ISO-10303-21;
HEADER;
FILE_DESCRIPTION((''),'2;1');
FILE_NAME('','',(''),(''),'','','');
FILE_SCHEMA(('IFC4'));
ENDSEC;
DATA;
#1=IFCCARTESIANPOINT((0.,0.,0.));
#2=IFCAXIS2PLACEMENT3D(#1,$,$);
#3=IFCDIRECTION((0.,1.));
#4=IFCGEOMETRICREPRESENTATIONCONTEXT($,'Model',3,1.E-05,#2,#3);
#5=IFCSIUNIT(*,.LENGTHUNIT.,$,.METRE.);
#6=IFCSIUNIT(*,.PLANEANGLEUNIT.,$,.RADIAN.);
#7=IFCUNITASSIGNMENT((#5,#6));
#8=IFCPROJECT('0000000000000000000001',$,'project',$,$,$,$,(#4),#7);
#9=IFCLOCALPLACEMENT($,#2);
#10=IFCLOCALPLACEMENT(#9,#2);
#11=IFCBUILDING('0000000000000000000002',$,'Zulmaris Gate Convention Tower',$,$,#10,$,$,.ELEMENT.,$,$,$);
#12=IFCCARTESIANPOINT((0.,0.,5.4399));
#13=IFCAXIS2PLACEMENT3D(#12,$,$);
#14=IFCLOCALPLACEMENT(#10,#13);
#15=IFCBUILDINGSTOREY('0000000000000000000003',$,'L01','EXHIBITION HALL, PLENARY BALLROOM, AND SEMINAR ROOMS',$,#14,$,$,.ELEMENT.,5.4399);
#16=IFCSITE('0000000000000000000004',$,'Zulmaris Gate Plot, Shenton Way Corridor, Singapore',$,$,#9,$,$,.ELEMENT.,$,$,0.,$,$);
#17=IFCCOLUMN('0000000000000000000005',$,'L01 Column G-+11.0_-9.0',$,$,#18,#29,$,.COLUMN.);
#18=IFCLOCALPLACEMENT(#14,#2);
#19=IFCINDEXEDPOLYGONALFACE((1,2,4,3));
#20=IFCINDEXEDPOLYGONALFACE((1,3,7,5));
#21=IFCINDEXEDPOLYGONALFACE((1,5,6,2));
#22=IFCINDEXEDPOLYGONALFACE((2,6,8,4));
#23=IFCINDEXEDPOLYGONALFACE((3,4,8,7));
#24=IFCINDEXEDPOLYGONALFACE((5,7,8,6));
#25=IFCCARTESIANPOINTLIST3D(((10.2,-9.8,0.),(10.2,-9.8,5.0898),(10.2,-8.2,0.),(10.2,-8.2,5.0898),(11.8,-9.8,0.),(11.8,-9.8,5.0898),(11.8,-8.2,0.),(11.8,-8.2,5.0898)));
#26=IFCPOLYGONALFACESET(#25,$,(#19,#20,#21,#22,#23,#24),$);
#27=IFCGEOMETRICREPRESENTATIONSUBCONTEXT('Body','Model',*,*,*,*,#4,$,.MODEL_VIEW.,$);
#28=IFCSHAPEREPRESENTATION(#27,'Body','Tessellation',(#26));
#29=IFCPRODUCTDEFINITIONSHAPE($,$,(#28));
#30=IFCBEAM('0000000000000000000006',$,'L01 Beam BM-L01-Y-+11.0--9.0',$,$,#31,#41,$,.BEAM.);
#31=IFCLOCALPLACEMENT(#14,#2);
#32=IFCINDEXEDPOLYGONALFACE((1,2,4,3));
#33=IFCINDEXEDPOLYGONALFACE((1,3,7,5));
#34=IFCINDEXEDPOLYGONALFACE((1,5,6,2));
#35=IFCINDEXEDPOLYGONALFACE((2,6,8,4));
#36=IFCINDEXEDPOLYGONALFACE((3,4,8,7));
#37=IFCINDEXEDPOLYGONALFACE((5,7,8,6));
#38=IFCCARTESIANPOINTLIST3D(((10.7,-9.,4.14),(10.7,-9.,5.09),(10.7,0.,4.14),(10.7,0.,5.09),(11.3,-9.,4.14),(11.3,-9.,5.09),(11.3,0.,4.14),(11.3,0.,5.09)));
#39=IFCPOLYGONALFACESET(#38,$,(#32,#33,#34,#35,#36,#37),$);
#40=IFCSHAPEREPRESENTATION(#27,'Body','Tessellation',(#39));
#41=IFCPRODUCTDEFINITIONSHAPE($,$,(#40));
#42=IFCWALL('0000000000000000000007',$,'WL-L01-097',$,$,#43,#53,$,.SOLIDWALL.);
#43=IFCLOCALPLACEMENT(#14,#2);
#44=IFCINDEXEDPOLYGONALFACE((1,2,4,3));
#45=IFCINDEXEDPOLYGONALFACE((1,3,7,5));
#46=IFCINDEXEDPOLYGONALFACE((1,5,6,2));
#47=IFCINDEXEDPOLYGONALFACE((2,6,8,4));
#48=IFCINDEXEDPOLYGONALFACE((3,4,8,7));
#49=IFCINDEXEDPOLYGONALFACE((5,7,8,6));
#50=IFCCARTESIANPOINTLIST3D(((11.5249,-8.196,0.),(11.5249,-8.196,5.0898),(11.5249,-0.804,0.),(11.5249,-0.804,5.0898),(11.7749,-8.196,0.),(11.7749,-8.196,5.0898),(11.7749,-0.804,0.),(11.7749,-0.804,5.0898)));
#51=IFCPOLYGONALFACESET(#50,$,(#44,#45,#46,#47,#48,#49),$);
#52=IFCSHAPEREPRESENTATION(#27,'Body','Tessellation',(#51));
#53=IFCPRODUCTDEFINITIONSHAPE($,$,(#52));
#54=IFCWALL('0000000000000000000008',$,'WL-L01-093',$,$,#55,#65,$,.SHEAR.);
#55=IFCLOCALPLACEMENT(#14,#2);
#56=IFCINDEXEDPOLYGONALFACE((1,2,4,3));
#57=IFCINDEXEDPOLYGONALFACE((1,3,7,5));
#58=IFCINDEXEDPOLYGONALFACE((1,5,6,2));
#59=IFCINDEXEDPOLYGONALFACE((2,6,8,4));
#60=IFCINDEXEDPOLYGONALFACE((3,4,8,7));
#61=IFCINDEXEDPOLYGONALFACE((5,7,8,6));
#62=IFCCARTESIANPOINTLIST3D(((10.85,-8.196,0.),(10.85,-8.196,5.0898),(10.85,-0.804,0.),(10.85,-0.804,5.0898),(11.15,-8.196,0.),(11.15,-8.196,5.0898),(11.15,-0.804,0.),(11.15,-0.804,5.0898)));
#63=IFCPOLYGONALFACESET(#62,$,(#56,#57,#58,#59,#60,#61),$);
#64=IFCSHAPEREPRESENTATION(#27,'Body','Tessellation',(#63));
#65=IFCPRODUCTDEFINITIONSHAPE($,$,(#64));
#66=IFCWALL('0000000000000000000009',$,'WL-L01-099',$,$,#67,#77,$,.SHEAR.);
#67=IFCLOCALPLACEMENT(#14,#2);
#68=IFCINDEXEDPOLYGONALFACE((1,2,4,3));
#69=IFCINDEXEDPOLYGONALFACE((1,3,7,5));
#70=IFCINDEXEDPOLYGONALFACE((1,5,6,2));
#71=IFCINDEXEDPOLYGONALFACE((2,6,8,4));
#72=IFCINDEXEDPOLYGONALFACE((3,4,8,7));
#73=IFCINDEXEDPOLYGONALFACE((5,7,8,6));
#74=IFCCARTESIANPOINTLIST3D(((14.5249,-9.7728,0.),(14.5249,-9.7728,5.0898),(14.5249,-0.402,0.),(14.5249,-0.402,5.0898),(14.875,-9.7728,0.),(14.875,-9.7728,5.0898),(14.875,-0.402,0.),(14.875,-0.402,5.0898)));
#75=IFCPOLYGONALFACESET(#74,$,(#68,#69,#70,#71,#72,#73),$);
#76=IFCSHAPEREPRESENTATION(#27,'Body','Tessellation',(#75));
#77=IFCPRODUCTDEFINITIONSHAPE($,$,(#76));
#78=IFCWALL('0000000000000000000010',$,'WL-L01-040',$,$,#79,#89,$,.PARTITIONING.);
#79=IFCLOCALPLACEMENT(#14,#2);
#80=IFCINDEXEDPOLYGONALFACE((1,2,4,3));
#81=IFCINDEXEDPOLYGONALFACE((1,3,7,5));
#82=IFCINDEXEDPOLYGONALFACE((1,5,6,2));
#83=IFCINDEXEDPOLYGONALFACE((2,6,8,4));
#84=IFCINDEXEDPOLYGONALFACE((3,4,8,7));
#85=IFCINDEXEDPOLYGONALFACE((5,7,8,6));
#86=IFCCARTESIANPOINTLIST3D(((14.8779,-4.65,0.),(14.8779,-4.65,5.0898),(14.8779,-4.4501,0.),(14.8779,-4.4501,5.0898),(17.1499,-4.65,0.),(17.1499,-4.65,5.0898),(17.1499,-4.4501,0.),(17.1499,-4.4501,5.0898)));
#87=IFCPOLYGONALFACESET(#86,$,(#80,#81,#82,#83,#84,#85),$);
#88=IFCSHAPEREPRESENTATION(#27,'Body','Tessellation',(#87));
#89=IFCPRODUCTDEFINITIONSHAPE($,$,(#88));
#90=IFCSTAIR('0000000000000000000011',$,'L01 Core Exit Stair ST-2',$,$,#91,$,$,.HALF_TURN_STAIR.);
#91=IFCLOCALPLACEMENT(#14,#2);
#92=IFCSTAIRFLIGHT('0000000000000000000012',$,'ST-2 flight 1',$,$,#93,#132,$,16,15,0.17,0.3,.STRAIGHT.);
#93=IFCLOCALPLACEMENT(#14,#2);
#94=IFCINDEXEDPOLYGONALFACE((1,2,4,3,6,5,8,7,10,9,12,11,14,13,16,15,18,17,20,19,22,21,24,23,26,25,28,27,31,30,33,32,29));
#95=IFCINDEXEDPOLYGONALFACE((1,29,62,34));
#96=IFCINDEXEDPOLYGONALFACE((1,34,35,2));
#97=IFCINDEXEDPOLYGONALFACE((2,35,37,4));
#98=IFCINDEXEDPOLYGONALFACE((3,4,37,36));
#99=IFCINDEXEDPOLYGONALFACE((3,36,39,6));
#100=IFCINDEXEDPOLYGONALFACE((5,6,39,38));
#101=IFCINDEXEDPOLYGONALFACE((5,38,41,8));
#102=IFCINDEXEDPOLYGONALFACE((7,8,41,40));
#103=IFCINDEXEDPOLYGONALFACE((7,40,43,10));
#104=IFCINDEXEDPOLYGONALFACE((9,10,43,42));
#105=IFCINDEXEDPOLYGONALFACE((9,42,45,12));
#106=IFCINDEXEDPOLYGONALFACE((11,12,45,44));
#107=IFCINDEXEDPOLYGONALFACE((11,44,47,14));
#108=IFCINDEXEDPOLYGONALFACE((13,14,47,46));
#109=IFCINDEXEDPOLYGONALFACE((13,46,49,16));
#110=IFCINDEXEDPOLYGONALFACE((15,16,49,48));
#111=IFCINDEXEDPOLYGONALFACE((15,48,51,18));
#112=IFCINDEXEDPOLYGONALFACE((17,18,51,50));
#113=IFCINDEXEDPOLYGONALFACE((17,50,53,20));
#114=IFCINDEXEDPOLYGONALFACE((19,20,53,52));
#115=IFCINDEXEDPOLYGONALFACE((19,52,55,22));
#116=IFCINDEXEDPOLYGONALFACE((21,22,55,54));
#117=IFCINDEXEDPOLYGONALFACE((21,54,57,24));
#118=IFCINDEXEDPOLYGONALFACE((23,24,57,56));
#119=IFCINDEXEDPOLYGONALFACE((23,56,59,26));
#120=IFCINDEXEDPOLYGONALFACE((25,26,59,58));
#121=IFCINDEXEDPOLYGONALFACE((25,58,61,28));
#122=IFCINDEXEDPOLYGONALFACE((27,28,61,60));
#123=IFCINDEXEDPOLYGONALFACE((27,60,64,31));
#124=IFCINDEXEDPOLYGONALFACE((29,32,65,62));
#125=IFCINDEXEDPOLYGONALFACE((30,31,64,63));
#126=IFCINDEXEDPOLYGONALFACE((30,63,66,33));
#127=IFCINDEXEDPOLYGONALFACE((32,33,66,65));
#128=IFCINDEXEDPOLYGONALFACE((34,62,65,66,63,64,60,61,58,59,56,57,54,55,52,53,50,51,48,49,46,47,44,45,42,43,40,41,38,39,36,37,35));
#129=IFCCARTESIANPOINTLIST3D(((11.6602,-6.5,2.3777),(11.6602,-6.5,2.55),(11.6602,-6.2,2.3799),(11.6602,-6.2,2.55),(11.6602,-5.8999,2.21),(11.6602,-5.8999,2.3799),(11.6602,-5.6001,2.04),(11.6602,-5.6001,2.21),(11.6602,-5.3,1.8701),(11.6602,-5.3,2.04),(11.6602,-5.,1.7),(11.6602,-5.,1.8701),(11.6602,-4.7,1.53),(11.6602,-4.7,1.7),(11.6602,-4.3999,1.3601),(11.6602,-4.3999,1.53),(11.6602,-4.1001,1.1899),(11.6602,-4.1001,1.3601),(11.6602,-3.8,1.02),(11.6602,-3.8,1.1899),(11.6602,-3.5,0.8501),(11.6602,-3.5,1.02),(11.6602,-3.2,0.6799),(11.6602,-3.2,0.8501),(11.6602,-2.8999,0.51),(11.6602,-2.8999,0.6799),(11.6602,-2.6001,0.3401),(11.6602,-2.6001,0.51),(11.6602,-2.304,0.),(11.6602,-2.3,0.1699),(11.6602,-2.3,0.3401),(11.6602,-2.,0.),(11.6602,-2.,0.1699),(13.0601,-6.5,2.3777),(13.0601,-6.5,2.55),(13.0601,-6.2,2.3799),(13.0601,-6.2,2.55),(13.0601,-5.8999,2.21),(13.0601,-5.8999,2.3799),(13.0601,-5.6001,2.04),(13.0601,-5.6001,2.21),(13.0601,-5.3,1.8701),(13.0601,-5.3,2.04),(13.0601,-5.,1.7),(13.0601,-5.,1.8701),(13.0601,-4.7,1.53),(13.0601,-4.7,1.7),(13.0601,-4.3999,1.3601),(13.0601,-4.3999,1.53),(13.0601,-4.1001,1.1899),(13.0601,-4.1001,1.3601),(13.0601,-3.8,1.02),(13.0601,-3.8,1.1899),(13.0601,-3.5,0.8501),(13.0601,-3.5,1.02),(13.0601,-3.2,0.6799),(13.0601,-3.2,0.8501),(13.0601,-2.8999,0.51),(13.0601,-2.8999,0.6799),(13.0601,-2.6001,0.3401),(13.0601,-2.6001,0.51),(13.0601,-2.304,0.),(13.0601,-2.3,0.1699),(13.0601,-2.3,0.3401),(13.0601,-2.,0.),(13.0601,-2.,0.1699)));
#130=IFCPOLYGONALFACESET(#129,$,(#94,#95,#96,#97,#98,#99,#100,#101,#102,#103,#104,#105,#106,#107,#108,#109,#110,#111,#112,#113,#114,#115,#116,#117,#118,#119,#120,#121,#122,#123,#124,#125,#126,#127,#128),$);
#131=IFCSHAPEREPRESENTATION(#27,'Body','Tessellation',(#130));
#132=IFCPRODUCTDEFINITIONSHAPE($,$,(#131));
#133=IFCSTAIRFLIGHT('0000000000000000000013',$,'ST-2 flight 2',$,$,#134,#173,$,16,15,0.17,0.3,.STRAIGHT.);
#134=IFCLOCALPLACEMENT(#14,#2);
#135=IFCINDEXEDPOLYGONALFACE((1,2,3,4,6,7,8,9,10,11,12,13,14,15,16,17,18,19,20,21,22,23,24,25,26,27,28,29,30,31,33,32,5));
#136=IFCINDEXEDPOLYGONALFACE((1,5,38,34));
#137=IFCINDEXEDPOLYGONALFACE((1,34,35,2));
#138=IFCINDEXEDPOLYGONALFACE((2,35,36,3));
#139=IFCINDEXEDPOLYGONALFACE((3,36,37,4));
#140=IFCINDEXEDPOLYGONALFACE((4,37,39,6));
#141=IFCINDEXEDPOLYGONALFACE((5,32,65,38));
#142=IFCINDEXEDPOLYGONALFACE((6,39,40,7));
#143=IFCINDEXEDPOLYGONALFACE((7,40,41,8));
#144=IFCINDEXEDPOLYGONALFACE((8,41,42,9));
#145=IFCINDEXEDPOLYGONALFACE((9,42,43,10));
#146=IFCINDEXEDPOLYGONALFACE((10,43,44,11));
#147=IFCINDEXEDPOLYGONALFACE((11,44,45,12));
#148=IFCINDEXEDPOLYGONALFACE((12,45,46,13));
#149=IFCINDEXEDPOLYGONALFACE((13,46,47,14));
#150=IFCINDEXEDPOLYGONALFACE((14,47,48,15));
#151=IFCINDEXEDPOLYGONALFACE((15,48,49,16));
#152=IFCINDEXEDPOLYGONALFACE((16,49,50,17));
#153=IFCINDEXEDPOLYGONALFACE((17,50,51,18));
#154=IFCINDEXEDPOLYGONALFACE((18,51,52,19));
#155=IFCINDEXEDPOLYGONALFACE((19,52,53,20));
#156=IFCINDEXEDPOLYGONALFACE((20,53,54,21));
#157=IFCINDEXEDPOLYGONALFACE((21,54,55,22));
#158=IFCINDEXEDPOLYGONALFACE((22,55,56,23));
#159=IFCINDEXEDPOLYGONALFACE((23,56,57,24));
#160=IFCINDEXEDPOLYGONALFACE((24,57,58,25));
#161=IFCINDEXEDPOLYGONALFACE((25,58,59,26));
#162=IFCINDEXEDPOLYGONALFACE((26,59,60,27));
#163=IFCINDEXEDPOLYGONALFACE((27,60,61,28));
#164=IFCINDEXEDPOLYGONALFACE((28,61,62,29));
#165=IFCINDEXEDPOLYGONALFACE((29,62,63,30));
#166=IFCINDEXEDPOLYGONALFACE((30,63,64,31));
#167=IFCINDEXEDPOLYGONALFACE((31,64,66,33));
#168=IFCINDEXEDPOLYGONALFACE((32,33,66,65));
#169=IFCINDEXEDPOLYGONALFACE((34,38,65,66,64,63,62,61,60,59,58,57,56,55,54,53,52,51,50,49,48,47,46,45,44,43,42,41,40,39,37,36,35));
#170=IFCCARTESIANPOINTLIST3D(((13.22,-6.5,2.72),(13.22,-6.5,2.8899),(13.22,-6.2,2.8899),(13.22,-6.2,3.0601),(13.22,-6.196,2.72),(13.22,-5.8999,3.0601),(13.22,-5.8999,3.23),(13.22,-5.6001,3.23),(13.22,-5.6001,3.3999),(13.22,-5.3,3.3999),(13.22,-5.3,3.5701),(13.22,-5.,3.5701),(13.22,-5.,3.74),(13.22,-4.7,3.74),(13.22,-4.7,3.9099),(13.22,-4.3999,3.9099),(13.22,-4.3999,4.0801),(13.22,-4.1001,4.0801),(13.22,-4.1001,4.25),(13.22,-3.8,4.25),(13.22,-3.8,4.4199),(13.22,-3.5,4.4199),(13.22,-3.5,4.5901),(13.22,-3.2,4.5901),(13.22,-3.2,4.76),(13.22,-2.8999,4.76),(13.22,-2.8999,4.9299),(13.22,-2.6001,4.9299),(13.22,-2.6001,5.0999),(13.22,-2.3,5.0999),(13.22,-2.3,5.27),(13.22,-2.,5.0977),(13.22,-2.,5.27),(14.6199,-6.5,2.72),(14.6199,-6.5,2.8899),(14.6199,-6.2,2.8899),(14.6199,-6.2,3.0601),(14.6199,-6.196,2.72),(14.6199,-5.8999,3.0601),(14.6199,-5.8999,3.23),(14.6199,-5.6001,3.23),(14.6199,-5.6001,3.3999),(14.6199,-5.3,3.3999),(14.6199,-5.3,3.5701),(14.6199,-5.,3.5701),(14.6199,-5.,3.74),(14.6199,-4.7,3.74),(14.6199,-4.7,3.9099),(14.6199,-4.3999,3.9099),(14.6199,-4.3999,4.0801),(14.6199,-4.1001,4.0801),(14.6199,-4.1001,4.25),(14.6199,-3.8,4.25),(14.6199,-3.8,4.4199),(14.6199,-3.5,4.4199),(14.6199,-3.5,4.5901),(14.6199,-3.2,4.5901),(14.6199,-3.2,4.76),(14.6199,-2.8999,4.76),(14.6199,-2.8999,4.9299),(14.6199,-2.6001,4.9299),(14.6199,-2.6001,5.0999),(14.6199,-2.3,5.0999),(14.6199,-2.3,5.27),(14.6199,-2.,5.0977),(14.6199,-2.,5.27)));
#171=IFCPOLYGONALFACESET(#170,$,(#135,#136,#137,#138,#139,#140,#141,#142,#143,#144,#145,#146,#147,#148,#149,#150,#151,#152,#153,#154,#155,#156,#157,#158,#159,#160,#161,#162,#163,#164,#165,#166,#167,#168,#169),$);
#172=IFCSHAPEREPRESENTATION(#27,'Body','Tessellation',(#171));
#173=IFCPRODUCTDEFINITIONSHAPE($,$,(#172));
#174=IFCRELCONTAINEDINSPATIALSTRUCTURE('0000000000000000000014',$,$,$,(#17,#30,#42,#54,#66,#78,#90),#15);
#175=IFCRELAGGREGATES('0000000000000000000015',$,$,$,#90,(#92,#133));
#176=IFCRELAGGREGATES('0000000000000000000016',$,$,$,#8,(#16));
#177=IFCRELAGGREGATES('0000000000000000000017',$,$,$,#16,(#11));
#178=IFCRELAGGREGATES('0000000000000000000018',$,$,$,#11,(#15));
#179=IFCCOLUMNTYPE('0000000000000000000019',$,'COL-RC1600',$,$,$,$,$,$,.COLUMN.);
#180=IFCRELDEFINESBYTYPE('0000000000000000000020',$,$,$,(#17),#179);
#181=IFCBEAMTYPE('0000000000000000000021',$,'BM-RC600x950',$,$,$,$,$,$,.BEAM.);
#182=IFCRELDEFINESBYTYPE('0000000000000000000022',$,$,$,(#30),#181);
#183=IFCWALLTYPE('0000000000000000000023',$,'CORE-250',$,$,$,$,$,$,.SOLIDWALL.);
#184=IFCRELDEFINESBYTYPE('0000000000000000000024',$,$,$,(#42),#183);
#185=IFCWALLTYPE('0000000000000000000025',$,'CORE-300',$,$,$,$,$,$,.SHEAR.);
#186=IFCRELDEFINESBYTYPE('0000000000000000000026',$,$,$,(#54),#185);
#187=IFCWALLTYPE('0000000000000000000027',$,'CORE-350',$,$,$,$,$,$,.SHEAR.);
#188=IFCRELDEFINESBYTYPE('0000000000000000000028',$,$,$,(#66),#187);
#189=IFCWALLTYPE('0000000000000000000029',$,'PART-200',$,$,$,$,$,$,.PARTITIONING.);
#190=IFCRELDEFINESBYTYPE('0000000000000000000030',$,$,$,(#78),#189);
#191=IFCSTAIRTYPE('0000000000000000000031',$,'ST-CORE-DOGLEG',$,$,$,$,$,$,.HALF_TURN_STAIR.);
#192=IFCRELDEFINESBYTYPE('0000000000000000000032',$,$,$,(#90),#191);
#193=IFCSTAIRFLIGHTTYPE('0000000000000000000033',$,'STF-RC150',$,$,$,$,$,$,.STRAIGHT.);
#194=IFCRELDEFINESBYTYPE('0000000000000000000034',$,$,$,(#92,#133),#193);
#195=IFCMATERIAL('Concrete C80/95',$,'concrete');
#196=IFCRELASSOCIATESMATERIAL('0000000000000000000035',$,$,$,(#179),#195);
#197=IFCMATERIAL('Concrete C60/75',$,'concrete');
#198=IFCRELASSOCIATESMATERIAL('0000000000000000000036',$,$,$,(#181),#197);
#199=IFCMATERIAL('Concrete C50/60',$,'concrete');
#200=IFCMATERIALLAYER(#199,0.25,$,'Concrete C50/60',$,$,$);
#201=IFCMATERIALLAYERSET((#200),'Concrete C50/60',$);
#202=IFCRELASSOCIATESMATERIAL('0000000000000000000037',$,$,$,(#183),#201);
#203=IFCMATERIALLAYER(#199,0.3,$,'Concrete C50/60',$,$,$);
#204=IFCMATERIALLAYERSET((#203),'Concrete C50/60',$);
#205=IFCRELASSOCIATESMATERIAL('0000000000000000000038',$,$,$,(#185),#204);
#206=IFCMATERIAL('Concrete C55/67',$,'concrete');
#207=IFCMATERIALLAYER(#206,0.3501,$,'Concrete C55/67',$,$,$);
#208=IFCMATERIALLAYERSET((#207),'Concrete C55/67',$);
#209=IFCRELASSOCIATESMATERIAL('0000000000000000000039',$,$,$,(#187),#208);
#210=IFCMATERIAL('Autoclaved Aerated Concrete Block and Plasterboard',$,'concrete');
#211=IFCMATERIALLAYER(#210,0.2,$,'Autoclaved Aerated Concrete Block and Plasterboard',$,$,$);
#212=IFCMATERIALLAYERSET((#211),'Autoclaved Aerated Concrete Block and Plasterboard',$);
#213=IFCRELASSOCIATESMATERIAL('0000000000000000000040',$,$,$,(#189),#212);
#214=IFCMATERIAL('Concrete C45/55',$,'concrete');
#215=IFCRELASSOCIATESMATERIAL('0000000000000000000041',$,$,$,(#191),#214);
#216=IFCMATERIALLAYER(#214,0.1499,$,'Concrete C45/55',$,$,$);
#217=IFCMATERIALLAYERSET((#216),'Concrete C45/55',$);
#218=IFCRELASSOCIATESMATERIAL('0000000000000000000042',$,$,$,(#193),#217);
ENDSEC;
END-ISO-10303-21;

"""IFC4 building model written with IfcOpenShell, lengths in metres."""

from ifc_helpers import new_model, si_unit, direction, frame, frame_2d, origin, origin_2d, place, context, subcontext, project, spatial, polyline, rectangle, outline, extrude, material, layer, layer_set, material_profile, profile_set, type_object, element, aggregate, save


model = new_model("IFC4")

# Units and contexts
model_context = context("Model", 3, precision=1e-05, world=origin(), true_north=direction((0.0, 1.0)))
body_context = subcontext(model_context, "Body", "Model", "MODEL_VIEW")
ifc_project = project(units=[si_unit("LENGTHUNIT", "METRE"), si_unit("PLANEANGLEUNIT", "RADIAN")], contexts=[model_context])

# Site, building, storey
site_placement = place(None, origin())
site = spatial("IfcSite", under=ifc_project, at=site_placement, Name="Zulmaris Gate Plot, Shenton Way Corridor, Singapore", CompositionType="ELEMENT", RefElevation=0.0)
building_placement = place(site_placement, origin())
building = spatial("IfcBuilding", under=site, at=building_placement, Name="Zulmaris Gate Convention Tower", CompositionType="ELEMENT")
storey_placement = place(building_placement, frame((0.0, 0.0, 5.4399)))
storey = spatial("IfcBuildingStorey", under=building, at=storey_placement, Name="L01", Description="EXHIBITION HALL, PLENARY BALLROOM, AND SEMINAR ROOMS", CompositionType="ELEMENT", Elevation=5.4399)

# Column
ifc_material_1 = material(Name="Concrete C80/95", Category="concrete")
ifc_material_profile_1 = material_profile(ifc_material_1, rectangle(XDim=1.6001, YDim=1.6001, at=origin_2d()), Name="RC COL 1600x1600")
ifc_profile_set_1 = profile_set([ifc_material_profile_1], Name="Concrete C80/95")
column_type = type_object("IfcColumnType", Name="COL-RC1600", PredefinedType="COLUMN", material=ifc_profile_set_1)
column_placement = place(storey_placement, frame((11.0, -9.0, 0.0), z_axis=(0.0, 0.0, 1.0), x_axis=(1.0, 0.0, 0.0)))
element("IfcColumn", 1, at=column_placement, inside=storey, type_object=column_type, Name="L01 Column G-+11.0_-9.0", PredefinedType="COLUMN", context=body_context, shape_type="SweptSolid", body=[
    extrude(rectangle(XDim=1.6001, YDim=1.6001, at=origin_2d()), origin(), (0.0, 0.0, 1.0), 5.0898),
])

# Beam
ifc_material_2 = material(Name="Concrete C60/75", Category="concrete")
ifc_material_profile_2 = material_profile(ifc_material_2, rectangle(XDim=0.6001, YDim=0.95, at=origin_2d()), Name="RC BEAM 600x950")
ifc_profile_set_2 = profile_set([ifc_material_profile_2], Name="Concrete C60/75")
beam_type = type_object("IfcBeamType", Name="BM-RC600x950", PredefinedType="BEAM", material=ifc_profile_set_2)
beam_placement = place(storey_placement, frame((11.0, -9.0, 4.615), z_axis=(0.0, 1.0, 0.0), x_axis=(-1.0, 0.0, 0.0)))
element("IfcBeam", 2, at=beam_placement, inside=storey, type_object=beam_type, Name="L01 Beam BM-L01-Y-+11.0--9.0", PredefinedType="BEAM", context=body_context, shape_type="SweptSolid", body=[
    extrude(rectangle(XDim=0.6001, YDim=0.95, at=origin_2d()), origin(), (0.0, 0.0, 1.0), 9.0),
])

# Walls
ifc_material_3 = material(Name="Concrete C50/60", Category="concrete")
ifc_layer_1 = layer(ifc_material_3, 0.25, Name="Concrete C50/60")
ifc_layer_set_1 = layer_set([ifc_layer_1], Name="Concrete C50/60")
wall_type_1 = type_object("IfcWallType", Name="CORE-250", PredefinedType="SOLIDWALL", material=ifc_layer_set_1)
wall_1_placement = place(storey_placement, frame((11.6499, -8.196, 0.0), z_axis=(0.0, 0.0, 1.0), x_axis=(0.0, 1.0, 0.0)))
element("IfcWall", 3, at=wall_1_placement, inside=storey, type_object=wall_type_1, Name="WL-L01-097", PredefinedType="SOLIDWALL", context=body_context, shape_type="SweptSolid", body=[
    extrude(rectangle(XDim=7.3921, YDim=0.25, at=frame_2d((3.696, 0.0))), origin(), (0.0, 0.0, 1.0), 5.0898),
])
ifc_layer_2 = layer(ifc_material_3, 0.3, Name="Concrete C50/60")
ifc_layer_set_2 = layer_set([ifc_layer_2], Name="Concrete C50/60")
wall_type_2 = type_object("IfcWallType", Name="CORE-300", PredefinedType="SHEAR", material=ifc_layer_set_2)
wall_2_placement = place(storey_placement, frame((11.0, -8.196, 0.0), z_axis=(0.0, 0.0, 1.0), x_axis=(0.0, 1.0, 0.0)))
element("IfcWall", 4, at=wall_2_placement, inside=storey, type_object=wall_type_2, Name="WL-L01-093", PredefinedType="SHEAR", context=body_context, shape_type="SweptSolid", body=[
    extrude(rectangle(XDim=7.3921, YDim=0.3, at=frame_2d((3.696, 0.0))), origin(), (0.0, 0.0, 1.0), 5.0898),
])

# Shared definitions
ifc_material_4 = material(Name="Concrete C55/67", Category="concrete")
ifc_layer_3 = layer(ifc_material_4, 0.3501, Name="Concrete C55/67")
ifc_layer_set_3 = layer_set([ifc_layer_3], Name="Concrete C55/67")
wall_type_3 = type_object("IfcWallType", Name="CORE-350", PredefinedType="SHEAR", material=ifc_layer_set_3)

# Wall
wall_3_placement = place(storey_placement, frame((14.7, -9.7729, 0.0), z_axis=(0.0, 0.0, 1.0), x_axis=(0.0, 1.0, 0.0)))
element("IfcWall", 5, at=wall_3_placement, inside=storey, type_object=wall_type_3, Name="WL-L01-099", PredefinedType="SHEAR", context=body_context, shape_type="SweptSolid", body=[
    extrude(rectangle(XDim=9.3708, YDim=0.3501, at=frame_2d((4.6855, 0.0))), origin(), (0.0, 0.0, 1.0), 5.0898),
])

# Wall
ifc_material_5 = material(Name="Autoclaved Aerated Concrete Block and Plasterboard", Category="concrete")
ifc_layer_4 = layer(ifc_material_5, 0.2, Name="Autoclaved Aerated Concrete Block and Plasterboard")
ifc_layer_set_4 = layer_set([ifc_layer_4], Name="Autoclaved Aerated Concrete Block and Plasterboard")
wall_type_4 = type_object("IfcWallType", Name="PART-200", PredefinedType="PARTITIONING", material=ifc_layer_set_4)
wall_4_placement = place(storey_placement, frame((14.8779, -4.55, 0.0), z_axis=(0.0, 0.0, 1.0), x_axis=(1.0, 0.0, 0.0)))
element("IfcWall", 6, at=wall_4_placement, inside=storey, type_object=wall_type_4, Name="WL-L01-040", PredefinedType="PARTITIONING", context=body_context, shape_type="SweptSolid", body=[
    extrude(rectangle(XDim=2.272, YDim=0.2, at=frame_2d((1.136, 0.0))), origin(), (0.0, 0.0, 1.0), 5.0898),
])

# Stair, stair flights
ifc_material_6 = material(Name="Concrete C45/55", Category="concrete")
stair_type = type_object("IfcStairType", Name="ST-CORE-DOGLEG", PredefinedType="HALF_TURN_STAIR", material=ifc_material_6)
stair_placement = place(storey_placement, origin())
stair = element("IfcStair", 7, at=stair_placement, inside=storey, type_object=stair_type, Name="L01 Core Exit Stair ST-2", PredefinedType="HALF_TURN_STAIR")
ifc_layer_5 = layer(ifc_material_6, 0.1499, Name="Concrete C45/55")
ifc_layer_set_5 = layer_set([ifc_layer_5], Name="Concrete C45/55")
stair_flight_type = type_object("IfcStairFlightType", Name="STF-RC150", PredefinedType="STRAIGHT", material=ifc_layer_set_5)
stair_flight_1_placement = place(storey_placement, frame((12.3601, -2.0, 0.0), z_axis=(0.0, 0.0, 1.0), x_axis=(0.0, -1.0, 0.0)))
stair_flight_1 = element("IfcStairFlight", 8, at=stair_flight_1_placement, type_object=stair_flight_type, Name="ST-2 flight 1", NumberOfRisers=16, NumberOfTreads=15, PredefinedType="STRAIGHT", RiserHeight=0.17, TreadLength=0.3, context=body_context, shape_type="SweptSolid", body=[
    extrude(outline(polyline([(0.0, 0.0), (0.0, 0.1699), (0.3, 0.1699), (0.3, 0.3401), (0.6001, 0.3401), (0.6001, 0.51), (0.8999, 0.51), (0.8999, 0.6799), (1.2, 0.6799), (1.2, 0.8501), (1.5, 0.8501), (1.5, 1.02), (1.8, 1.02), (1.8, 1.1899), (2.1001, 1.1899), (2.1001, 1.3601), (2.3999, 1.3601), (2.3999, 1.53), (2.7, 1.53), (2.7, 1.7), (3.0, 1.7), (3.0, 1.8701), (3.3, 1.8701), (3.3, 2.04), (3.6001, 2.04), (3.6001, 2.21), (3.8999, 2.21), (3.8999, 2.3799), (4.2, 2.3799), (4.2, 2.55), (4.5, 2.55), (4.5, 2.72), (4.5, 2.3777), (0.304, 0.0), (0.0, 0.0)])), frame((0.0, 0.7, 0.0), z_axis=(0.0, -1.0, 0.0), x_axis=(1.0, 0.0, 0.0)), (0.0, 0.0, 1.0), 1.3999),
])
stair_flight_2_placement = place(storey_placement, frame((13.9199, -6.5, 2.72), z_axis=(0.0, 0.0, 1.0), x_axis=(0.0, 1.0, 0.0)))
stair_flight_2 = element("IfcStairFlight", 9, at=stair_flight_2_placement, type_object=stair_flight_type, Name="ST-2 flight 2", NumberOfRisers=16, NumberOfTreads=15, PredefinedType="STRAIGHT", RiserHeight=0.17, TreadLength=0.3, context=body_context, shape_type="SweptSolid", body=[
    extrude(outline(polyline([(0.0, 0.0), (0.0, 0.1699), (0.3, 0.1699), (0.3, 0.3401), (0.6001, 0.3401), (0.6001, 0.51), (0.8999, 0.51), (0.8999, 0.6799), (1.2, 0.6799), (1.2, 0.8501), (1.5, 0.8501), (1.5, 1.02), (1.8, 1.02), (1.8, 1.1899), (2.1001, 1.1899), (2.1001, 1.3601), (2.3999, 1.3601), (2.3999, 1.53), (2.7, 1.53), (2.7, 1.7), (3.0, 1.7), (3.0, 1.8701), (3.3, 1.8701), (3.3, 2.04), (3.6001, 2.04), (3.6001, 2.21), (3.8999, 2.21), (3.8999, 2.3799), (4.2, 2.3799), (4.2, 2.55), (4.5, 2.55), (4.5, 2.72), (4.5, 2.3777), (0.304, 0.0), (0.0, 0.0)])), frame((0.0, 0.7, 0.0), z_axis=(0.0, -1.0, 0.0), x_axis=(1.0, 0.0, 0.0)), (0.0, 0.0, 1.0), 1.3999),
])
aggregate(stair, [stair_flight_1, stair_flight_2])

save(model, "model.ifc")
